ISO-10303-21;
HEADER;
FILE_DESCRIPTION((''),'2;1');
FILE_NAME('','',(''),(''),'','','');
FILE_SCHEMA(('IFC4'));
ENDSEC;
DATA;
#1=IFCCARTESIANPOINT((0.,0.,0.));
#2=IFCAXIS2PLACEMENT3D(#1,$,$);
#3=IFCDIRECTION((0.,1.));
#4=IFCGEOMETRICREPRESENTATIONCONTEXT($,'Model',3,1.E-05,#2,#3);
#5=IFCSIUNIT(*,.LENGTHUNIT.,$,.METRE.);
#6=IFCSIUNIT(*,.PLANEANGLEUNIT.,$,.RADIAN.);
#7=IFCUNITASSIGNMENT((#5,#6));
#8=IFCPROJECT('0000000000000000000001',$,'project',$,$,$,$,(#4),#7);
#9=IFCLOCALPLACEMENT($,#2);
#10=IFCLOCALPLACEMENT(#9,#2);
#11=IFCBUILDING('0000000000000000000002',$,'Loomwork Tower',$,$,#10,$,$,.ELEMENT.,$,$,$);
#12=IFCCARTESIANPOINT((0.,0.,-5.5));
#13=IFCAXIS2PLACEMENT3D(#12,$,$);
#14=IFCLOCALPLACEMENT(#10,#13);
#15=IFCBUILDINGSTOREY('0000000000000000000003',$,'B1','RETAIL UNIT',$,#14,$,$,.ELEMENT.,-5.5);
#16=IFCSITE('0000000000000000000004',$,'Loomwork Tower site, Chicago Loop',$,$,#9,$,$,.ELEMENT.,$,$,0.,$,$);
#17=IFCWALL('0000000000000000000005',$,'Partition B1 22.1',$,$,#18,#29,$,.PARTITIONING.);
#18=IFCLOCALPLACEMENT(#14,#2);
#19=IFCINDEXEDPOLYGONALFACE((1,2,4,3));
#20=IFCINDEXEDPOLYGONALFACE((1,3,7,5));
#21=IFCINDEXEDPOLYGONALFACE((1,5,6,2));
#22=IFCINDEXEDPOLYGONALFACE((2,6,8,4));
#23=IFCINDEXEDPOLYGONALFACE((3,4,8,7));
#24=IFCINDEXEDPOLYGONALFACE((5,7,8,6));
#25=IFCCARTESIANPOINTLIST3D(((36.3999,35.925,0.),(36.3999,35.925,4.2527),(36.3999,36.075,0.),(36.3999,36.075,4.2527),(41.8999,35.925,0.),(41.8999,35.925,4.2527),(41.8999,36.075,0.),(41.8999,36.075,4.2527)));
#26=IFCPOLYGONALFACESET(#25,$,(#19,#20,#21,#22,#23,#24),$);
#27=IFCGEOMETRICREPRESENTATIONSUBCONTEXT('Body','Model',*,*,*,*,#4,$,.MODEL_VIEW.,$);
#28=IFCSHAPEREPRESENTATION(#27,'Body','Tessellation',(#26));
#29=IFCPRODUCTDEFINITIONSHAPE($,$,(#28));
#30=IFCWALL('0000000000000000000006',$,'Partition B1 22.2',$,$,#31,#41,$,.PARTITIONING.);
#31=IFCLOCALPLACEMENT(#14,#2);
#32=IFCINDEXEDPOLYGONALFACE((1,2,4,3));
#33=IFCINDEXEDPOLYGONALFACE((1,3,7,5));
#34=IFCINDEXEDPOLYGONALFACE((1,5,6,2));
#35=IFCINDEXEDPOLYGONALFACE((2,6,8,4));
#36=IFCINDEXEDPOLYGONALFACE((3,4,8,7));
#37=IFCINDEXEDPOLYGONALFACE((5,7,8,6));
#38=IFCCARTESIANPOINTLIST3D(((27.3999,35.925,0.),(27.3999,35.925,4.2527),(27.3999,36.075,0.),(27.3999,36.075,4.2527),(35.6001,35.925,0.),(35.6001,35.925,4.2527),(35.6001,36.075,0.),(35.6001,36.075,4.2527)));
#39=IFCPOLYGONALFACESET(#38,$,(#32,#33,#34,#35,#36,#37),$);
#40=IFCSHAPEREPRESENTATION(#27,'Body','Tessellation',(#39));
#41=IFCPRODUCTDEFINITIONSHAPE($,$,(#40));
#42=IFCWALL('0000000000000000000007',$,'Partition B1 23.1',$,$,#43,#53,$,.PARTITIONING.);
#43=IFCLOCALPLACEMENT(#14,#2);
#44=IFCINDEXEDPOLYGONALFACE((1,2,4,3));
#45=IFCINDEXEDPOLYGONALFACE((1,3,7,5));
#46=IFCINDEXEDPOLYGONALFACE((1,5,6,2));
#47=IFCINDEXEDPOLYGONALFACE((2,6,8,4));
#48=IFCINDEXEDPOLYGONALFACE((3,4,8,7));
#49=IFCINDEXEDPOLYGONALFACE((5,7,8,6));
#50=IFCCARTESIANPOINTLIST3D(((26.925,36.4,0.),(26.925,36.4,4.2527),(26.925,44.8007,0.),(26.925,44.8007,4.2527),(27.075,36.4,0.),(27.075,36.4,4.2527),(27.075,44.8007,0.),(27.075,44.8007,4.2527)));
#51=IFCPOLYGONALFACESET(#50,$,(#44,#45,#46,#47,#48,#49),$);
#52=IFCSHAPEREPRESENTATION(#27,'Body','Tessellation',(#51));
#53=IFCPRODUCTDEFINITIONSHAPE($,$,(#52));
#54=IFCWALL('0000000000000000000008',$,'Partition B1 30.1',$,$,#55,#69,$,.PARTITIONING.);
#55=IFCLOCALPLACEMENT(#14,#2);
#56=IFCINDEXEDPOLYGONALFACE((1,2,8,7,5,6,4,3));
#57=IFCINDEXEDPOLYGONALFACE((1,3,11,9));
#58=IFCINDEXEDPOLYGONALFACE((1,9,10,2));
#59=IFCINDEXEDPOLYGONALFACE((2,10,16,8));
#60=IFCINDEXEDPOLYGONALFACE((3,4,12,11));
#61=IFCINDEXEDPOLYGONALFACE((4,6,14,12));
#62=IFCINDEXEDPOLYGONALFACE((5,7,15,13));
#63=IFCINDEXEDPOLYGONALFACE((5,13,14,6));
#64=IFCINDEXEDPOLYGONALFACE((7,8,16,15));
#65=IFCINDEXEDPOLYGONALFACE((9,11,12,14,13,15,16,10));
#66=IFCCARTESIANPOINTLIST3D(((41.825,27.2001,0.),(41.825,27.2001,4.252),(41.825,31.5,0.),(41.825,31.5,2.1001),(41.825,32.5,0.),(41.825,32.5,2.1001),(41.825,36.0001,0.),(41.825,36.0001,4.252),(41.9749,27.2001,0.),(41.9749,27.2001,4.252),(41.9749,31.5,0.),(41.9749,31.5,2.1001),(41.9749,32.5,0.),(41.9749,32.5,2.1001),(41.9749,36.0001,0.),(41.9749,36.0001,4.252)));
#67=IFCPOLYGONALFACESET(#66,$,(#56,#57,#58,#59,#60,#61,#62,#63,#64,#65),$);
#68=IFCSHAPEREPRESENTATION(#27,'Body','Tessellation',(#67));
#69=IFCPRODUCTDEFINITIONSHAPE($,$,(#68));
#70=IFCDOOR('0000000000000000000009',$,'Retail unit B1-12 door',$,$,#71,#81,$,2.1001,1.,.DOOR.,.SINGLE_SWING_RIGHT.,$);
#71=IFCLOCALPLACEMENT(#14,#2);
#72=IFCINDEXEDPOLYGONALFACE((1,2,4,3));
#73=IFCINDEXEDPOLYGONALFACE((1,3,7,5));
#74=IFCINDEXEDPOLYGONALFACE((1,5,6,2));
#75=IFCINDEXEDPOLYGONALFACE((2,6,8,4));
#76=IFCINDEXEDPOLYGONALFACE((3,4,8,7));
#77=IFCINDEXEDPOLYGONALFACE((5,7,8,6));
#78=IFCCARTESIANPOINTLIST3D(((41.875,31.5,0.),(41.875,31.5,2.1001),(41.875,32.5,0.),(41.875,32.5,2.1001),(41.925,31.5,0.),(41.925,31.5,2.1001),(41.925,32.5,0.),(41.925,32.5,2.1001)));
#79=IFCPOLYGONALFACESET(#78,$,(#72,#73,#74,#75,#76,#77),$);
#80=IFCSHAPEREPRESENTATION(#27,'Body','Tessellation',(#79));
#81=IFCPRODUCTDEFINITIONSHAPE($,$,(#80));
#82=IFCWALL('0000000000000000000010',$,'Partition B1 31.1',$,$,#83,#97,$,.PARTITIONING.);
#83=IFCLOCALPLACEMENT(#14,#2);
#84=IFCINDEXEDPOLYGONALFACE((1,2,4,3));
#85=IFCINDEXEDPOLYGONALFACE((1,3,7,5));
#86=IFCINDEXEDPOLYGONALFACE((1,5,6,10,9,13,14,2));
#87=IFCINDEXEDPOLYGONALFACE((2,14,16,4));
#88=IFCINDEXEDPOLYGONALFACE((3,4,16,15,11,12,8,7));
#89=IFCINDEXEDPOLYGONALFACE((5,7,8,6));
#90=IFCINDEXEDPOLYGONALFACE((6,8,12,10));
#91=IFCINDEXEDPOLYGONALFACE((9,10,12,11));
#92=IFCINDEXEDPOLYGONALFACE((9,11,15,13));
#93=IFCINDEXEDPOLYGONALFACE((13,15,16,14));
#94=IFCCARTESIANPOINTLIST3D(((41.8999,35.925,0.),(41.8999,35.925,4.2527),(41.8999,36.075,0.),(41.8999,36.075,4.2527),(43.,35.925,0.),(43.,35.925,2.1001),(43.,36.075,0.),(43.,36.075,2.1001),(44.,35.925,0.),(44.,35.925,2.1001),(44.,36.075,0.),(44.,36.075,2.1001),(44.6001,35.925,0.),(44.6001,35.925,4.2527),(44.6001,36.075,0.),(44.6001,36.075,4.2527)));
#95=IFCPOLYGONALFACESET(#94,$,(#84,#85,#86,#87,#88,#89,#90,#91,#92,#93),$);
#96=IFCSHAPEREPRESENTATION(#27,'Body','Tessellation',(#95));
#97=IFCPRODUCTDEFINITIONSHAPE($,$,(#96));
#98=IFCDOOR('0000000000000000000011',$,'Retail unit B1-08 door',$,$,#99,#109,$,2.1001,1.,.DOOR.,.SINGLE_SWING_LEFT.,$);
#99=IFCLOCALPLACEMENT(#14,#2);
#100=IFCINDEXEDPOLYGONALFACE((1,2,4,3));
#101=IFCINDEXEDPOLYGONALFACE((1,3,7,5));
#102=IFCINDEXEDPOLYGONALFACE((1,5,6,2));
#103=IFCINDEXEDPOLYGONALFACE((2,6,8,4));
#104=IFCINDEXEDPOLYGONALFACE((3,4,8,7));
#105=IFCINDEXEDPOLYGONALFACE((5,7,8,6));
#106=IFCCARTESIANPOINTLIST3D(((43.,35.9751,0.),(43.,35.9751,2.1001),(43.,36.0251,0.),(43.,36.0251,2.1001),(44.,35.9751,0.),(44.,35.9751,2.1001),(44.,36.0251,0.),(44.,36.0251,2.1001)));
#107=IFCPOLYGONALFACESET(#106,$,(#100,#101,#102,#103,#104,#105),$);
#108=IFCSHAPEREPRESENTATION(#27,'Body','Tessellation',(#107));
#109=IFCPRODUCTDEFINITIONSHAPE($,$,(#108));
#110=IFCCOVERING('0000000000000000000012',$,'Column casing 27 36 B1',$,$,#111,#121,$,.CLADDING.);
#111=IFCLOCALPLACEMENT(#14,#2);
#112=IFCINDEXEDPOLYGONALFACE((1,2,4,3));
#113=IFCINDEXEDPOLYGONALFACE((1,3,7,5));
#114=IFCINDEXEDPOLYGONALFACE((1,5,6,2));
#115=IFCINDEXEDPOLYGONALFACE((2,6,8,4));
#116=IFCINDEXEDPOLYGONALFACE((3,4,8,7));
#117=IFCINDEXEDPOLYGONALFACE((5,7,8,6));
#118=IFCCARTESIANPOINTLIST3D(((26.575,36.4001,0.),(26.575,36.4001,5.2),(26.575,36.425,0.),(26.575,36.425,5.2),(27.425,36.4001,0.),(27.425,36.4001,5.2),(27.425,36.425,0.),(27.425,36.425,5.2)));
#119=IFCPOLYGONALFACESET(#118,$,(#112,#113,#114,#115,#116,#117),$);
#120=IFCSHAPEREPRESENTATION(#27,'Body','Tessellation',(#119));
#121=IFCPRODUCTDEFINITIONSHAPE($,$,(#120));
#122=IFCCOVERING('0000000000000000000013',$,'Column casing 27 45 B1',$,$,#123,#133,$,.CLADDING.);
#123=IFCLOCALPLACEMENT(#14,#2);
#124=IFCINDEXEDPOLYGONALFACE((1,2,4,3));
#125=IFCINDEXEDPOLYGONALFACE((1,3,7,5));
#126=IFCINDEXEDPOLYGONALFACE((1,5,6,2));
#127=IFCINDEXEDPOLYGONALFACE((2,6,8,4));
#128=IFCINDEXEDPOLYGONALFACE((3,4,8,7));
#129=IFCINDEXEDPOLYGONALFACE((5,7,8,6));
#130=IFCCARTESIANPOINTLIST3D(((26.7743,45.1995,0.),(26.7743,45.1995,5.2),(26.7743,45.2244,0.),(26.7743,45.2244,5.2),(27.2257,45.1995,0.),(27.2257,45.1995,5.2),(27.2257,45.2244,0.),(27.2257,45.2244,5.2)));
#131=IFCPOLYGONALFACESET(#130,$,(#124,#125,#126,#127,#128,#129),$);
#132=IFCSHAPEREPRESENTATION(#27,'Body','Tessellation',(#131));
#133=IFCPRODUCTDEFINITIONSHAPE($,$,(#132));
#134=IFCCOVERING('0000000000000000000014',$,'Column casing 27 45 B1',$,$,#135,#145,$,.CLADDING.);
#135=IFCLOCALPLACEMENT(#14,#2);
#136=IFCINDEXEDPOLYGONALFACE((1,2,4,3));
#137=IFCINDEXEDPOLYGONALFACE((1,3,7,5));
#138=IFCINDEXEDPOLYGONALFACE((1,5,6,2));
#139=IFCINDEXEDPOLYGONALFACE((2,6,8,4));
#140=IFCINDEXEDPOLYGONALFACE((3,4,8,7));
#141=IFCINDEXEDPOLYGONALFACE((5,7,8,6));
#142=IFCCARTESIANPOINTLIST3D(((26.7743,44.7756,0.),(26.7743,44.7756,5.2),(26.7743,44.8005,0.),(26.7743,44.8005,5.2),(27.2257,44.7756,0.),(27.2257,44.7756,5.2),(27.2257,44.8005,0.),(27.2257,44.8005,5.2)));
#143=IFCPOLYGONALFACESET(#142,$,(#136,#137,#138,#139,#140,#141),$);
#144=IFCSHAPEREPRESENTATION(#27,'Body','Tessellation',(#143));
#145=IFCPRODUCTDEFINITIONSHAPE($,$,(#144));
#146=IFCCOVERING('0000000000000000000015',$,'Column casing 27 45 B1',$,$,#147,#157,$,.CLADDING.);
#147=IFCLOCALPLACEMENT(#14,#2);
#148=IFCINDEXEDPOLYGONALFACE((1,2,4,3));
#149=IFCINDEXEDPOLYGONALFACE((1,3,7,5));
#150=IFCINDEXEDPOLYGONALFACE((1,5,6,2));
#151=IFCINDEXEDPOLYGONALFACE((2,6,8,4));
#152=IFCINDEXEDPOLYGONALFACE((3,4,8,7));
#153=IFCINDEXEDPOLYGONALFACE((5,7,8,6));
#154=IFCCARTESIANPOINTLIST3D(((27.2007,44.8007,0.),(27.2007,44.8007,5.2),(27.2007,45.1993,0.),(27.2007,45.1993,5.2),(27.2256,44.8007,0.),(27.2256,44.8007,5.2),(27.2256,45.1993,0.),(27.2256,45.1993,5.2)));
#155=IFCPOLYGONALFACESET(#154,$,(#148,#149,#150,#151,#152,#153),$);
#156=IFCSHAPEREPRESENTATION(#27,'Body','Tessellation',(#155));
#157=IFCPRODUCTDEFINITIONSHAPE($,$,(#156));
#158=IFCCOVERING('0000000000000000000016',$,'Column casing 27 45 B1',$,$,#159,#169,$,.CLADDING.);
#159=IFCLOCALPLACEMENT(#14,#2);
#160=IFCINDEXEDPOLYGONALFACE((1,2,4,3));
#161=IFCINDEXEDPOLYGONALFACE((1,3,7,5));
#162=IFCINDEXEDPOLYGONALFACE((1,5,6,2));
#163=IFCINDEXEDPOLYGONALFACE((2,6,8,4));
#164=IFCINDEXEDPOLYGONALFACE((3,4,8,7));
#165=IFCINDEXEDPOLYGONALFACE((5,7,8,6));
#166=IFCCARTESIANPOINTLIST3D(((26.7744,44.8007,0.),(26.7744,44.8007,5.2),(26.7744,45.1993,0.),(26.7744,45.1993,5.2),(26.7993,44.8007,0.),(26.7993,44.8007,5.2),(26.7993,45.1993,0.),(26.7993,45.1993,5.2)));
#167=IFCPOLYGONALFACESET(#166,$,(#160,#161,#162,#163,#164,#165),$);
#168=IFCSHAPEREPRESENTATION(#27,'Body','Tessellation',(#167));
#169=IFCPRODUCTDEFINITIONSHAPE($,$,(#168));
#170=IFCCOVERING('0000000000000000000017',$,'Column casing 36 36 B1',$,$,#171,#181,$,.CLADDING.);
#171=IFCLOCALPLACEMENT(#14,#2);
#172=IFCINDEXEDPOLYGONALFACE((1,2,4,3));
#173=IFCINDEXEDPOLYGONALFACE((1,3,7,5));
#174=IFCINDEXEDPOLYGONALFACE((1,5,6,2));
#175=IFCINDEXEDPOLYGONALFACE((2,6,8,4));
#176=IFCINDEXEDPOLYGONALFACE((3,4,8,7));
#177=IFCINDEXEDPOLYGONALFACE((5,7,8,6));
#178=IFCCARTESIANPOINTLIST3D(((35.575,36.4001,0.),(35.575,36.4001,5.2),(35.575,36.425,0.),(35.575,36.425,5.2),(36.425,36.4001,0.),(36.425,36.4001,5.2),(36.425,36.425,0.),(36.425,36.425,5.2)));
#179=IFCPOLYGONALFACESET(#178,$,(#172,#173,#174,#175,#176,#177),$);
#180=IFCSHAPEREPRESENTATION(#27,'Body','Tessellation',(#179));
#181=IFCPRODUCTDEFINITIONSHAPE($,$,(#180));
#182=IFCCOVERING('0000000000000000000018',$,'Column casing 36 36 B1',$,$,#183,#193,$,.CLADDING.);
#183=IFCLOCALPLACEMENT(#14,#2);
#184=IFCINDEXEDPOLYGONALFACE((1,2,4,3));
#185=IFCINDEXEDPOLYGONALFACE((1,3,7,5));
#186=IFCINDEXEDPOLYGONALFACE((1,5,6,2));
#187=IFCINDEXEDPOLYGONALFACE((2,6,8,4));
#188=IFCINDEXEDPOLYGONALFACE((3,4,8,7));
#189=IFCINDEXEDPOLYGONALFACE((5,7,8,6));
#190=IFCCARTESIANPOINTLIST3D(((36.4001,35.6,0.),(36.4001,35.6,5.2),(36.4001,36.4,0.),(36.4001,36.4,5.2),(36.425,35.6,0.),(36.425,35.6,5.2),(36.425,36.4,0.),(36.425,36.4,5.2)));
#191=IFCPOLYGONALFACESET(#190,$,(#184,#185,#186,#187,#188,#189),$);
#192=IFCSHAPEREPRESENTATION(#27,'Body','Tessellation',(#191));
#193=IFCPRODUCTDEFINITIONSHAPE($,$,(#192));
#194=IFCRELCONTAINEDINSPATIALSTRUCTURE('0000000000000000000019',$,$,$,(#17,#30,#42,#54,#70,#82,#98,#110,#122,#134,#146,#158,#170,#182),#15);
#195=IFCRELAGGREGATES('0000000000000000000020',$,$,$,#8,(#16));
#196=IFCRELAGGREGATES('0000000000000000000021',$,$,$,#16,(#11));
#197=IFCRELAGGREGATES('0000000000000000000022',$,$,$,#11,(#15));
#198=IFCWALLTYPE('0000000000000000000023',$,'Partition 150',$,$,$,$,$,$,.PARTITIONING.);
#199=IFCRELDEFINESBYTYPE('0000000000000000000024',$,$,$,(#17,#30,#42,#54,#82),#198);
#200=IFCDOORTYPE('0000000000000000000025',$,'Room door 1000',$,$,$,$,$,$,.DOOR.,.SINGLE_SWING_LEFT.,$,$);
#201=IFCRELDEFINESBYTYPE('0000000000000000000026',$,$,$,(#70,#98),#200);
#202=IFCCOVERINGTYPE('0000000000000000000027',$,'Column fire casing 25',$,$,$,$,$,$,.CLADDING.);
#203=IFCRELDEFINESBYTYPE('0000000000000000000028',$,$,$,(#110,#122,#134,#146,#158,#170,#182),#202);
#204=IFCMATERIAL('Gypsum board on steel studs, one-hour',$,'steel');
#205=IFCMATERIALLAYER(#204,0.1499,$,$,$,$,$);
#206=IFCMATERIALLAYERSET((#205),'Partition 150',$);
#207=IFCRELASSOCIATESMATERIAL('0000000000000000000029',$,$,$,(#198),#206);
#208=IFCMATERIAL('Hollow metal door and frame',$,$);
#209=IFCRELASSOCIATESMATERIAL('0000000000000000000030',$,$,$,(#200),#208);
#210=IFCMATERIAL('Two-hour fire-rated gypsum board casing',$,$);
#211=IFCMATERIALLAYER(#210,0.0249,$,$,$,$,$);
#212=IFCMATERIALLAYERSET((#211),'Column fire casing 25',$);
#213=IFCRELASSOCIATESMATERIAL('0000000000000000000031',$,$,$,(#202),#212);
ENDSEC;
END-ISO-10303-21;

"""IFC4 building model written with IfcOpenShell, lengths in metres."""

from ifc_helpers import new_model, si_unit, direction, frame, frame_2d, origin, origin_2d, place, context, subcontext, project, spatial, rectangle, extrude, material, layer, layer_set, type_object, element, fill, save


model = new_model("IFC4")

# Units and contexts
model_context = context("Model", 3, precision=1e-05, world=origin(), true_north=direction((0.0, 1.0)))
body_context = subcontext(model_context, "Body", "Model", "MODEL_VIEW")
ifc_project = project(units=[si_unit("LENGTHUNIT", "METRE"), si_unit("PLANEANGLEUNIT", "RADIAN")], contexts=[model_context])

# Site, building, storey
site_placement = place(None, origin())
site = spatial("IfcSite", under=ifc_project, at=site_placement, Name="Loomwork Tower site, Chicago Loop", CompositionType="ELEMENT", RefElevation=0.0)
building_placement = place(site_placement, origin())
building = spatial("IfcBuilding", under=site, at=building_placement, Name="Loomwork Tower", CompositionType="ELEMENT")
storey_placement = place(building_placement, frame((0.0, 0.0, -5.5)))
storey = spatial("IfcBuildingStorey", under=building, at=storey_placement, Name="B1", Description="RETAIL UNIT", CompositionType="ELEMENT", Elevation=-5.5)

# Walls
ifc_material_1 = material(Name="Gypsum board on steel studs, one-hour", Category="steel")
ifc_layer_1 = layer(ifc_material_1, 0.1499)
ifc_layer_set_1 = layer_set([ifc_layer_1], Name="Partition 150")
wall_type = type_object("IfcWallType", Name="Partition 150", PredefinedType="PARTITIONING", material=ifc_layer_set_1)
wall_1_placement = place(storey_placement, frame((41.8999, 36.0, 0.0), z_axis=(0.0, 0.0, 1.0), x_axis=(-1.0, 0.0, 0.0)))
element("IfcWall", 1, at=wall_1_placement, inside=storey, type_object=wall_type, Name="Partition B1 22.1", PredefinedType="PARTITIONING", context=body_context, shape_type="SweptSolid", body=[
    extrude(rectangle(XDim=5.5, YDim=0.1499, at=frame_2d((2.75, 0.0))), origin(), (0.0, 0.0, 1.0), 4.2527),
])
wall_2_placement = place(storey_placement, frame((35.6001, 36.0, 0.0), z_axis=(0.0, 0.0, 1.0), x_axis=(-1.0, 0.0, 0.0)))
element("IfcWall", 2, at=wall_2_placement, inside=storey, type_object=wall_type, Name="Partition B1 22.2", PredefinedType="PARTITIONING", context=body_context, shape_type="SweptSolid", body=[
    extrude(rectangle(XDim=8.2002, YDim=0.1499, at=frame_2d((4.1001, 0.0))), origin(), (0.0, 0.0, 1.0), 4.2527),
])
wall_3_placement = place(storey_placement, frame((27.0, 44.8005, 0.0), z_axis=(0.0, 0.0, 1.0), x_axis=(0.0, -1.0, 0.0)))
element("IfcWall", 3, at=wall_3_placement, inside=storey, type_object=wall_type, Name="Partition B1 23.1", PredefinedType="PARTITIONING", context=body_context, shape_type="SweptSolid", body=[
    extrude(rectangle(XDim=8.4006, YDim=0.1499, at=frame_2d((4.2002, 0.0))), origin(), (0.0, 0.0, 1.0), 4.2527),
])

# Walls, openings, doors
wall_4_placement = place(storey_placement, frame((41.8999, 36.0, 0.0), z_axis=(0.0, 0.0, 1.0), x_axis=(0.0, -1.0, 0.0)))
wall_4 = element("IfcWall", 4, at=wall_4_placement, inside=storey, type_object=wall_type, Name="Partition B1 30.1", PredefinedType="PARTITIONING", context=body_context, shape_type="SweptSolid", body=[
    extrude(rectangle(XDim=8.8, YDim=0.1499, at=frame_2d((4.3999, 0.0))), origin(), (0.0, 0.0, 1.0), 4.252),
])
opening_1_placement = place(wall_4_placement, frame((3.5, 0.0, 0.0)))
opening_1 = element("IfcOpeningElement", 5, at=opening_1_placement, cuts=wall_4, PredefinedType="OPENING", context=body_context, shape_type="SweptSolid", body=[
    extrude(rectangle(XDim=1.0, YDim=2.1001, at=frame_2d((0.5, 1.05))), frame((0.0, 0.085, 0.0), z_axis=(0.0, -1.0, 0.0), x_axis=(1.0, 0.0, 0.0)), (0.0, 0.0, 1.0), 0.1699),
])
ifc_material_2 = material(Name="Hollow metal door and frame")
door_type = type_object("IfcDoorType", Name="Room door 1000", OperationType="SINGLE_SWING_LEFT", PredefinedType="DOOR", material=ifc_material_2)
door_1_placement = place(opening_1_placement, frame((1.0, 0.0, 0.0), z_axis=(0.0, 0.0, 1.0), x_axis=(-1.0, 0.0, 0.0)))
door_1 = element("IfcDoor", 6, at=door_1_placement, inside=storey, type_object=door_type, Name="Retail unit B1-12 door", OperationType="SINGLE_SWING_RIGHT", OverallHeight=2.1001, OverallWidth=1.0, PredefinedType="DOOR", context=body_context, shape_type="SweptSolid", body=[
    extrude(rectangle(XDim=1.0, YDim=2.1001, at=frame_2d((0.5, 1.05))), frame((0.0, 0.0249, 0.0), z_axis=(0.0, -1.0, 0.0), x_axis=(1.0, 0.0, 0.0)), (0.0, 0.0, 1.0), 0.05),
])
fill(opening_1, door_1)
wall_5_placement = place(storey_placement, frame((44.6001, 36.0, 0.0), z_axis=(0.0, 0.0, 1.0), x_axis=(-1.0, 0.0, 0.0)))
wall_5 = element("IfcWall", 7, at=wall_5_placement, inside=storey, type_object=wall_type, Name="Partition B1 31.1", PredefinedType="PARTITIONING", context=body_context, shape_type="SweptSolid", body=[
    extrude(rectangle(XDim=2.7002, YDim=0.1499, at=frame_2d((1.3501, 0.0))), origin(), (0.0, 0.0, 1.0), 4.2527),
])
opening_2_placement = place(wall_5_placement, frame((0.6001, 0.0, 0.0)))
opening_2 = element("IfcOpeningElement", 8, at=opening_2_placement, cuts=wall_5, PredefinedType="OPENING", context=body_context, shape_type="SweptSolid", body=[
    extrude(rectangle(XDim=1.0, YDim=2.1001, at=frame_2d((0.5, 1.05))), frame((0.0, 0.085, 0.0), z_axis=(0.0, -1.0, 0.0), x_axis=(1.0, 0.0, 0.0)), (0.0, 0.0, 1.0), 0.1699),
])
door_2_placement = place(opening_2_placement, origin())
door_2 = element("IfcDoor", 9, at=door_2_placement, inside=storey, type_object=door_type, Name="Retail unit B1-08 door", OperationType="SINGLE_SWING_LEFT", OverallHeight=2.1001, OverallWidth=1.0, PredefinedType="DOOR", context=body_context, shape_type="SweptSolid", body=[
    extrude(rectangle(XDim=1.0, YDim=2.1001, at=frame_2d((0.5, 1.05))), frame((0.0, 0.0249, 0.0), z_axis=(0.0, -1.0, 0.0), x_axis=(1.0, 0.0, 0.0)), (0.0, 0.0, 1.0), 0.05),
])
fill(opening_2, door_2)

# Coverings
ifc_material_3 = material(Name="Two-hour fire-rated gypsum board casing")
ifc_layer_2 = layer(ifc_material_3, 0.0249)
ifc_layer_set_2 = layer_set([ifc_layer_2], Name="Column fire casing 25")
covering_type = type_object("IfcCoveringType", Name="Column fire casing 25", PredefinedType="CLADDING", material=ifc_layer_set_2)
covering_1_placement = place(storey_placement, frame((27.0, 36.4126, 0.0), z_axis=(0.0, 0.0, 1.0), x_axis=(1.0, 0.0, 0.0)))
element("IfcCovering", 10, at=covering_1_placement, inside=storey, type_object=covering_type, Name="Column casing 27 36 B1", PredefinedType="CLADDING", context=body_context, shape_type="SweptSolid", body=[
    extrude(rectangle(XDim=0.8501, YDim=0.0249, at=origin_2d()), origin(), (0.0, 0.0, 1.0), 5.2),
])
for number, where, z_axis, x_axis, name in (
    (11, (27.0, 45.2119, 0.0), (0.0, 0.0, 1.0), (1.0, 0.0, 0.0), "Column casing 27 45 B1"),
    (12, (27.0, 44.7881, 0.0), (0.0, 0.0, 1.0), (1.0, 0.0, 0.0), "Column casing 27 45 B1"),
):
    element("IfcCovering", number, at=place(storey_placement, frame(where, z_axis=z_axis, x_axis=x_axis)), inside=storey, type_object=covering_type, Name=name, PredefinedType="CLADDING", context=body_context, shape_type="SweptSolid", body=[
        extrude(rectangle(XDim=0.4514, YDim=0.0249, at=origin_2d()), origin(), (0.0, 0.0, 1.0), 5.2),
    ])
for number, where, z_axis, x_axis, name in (
    (13, (27.2131, 45.0, 0.0), (0.0, 0.0, 1.0), (1.0, 0.0, 0.0), "Column casing 27 45 B1"),
    (14, (26.7869, 45.0, 0.0), (0.0, 0.0, 1.0), (1.0, 0.0, 0.0), "Column casing 27 45 B1"),
):
    element("IfcCovering", number, at=place(storey_placement, frame(where, z_axis=z_axis, x_axis=x_axis)), inside=storey, type_object=covering_type, Name=name, PredefinedType="CLADDING", context=body_context, shape_type="SweptSolid", body=[
        extrude(rectangle(XDim=0.0249, YDim=0.3987, at=origin_2d()), origin(), (0.0, 0.0, 1.0), 5.2),
    ])
covering_2_placement = place(storey_placement, frame((36.0, 36.4126, 0.0), z_axis=(0.0, 0.0, 1.0), x_axis=(1.0, 0.0, 0.0)))
element("IfcCovering", 15, at=covering_2_placement, inside=storey, type_object=covering_type, Name="Column casing 36 36 B1", PredefinedType="CLADDING", context=body_context, shape_type="SweptSolid", body=[
    extrude(rectangle(XDim=0.8501, YDim=0.0249, at=origin_2d()), origin(), (0.0, 0.0, 1.0), 5.2),
])
for number, where, z_axis, x_axis, name in (
    (16, (36.4126, 36.0, 0.0), (0.0, 0.0, 1.0), (1.0, 0.0, 0.0), "Column casing 36 36 B1"),
):
    element("IfcCovering", number, at=place(storey_placement, frame(where, z_axis=z_axis, x_axis=x_axis)), inside=storey, type_object=covering_type, Name=name, PredefinedType="CLADDING", context=body_context, shape_type="SweptSolid", body=[
        extrude(rectangle(XDim=0.0249, YDim=0.8, at=origin_2d()), origin(), (0.0, 0.0, 1.0), 5.2),
    ])

save(model, "model.ifc")
